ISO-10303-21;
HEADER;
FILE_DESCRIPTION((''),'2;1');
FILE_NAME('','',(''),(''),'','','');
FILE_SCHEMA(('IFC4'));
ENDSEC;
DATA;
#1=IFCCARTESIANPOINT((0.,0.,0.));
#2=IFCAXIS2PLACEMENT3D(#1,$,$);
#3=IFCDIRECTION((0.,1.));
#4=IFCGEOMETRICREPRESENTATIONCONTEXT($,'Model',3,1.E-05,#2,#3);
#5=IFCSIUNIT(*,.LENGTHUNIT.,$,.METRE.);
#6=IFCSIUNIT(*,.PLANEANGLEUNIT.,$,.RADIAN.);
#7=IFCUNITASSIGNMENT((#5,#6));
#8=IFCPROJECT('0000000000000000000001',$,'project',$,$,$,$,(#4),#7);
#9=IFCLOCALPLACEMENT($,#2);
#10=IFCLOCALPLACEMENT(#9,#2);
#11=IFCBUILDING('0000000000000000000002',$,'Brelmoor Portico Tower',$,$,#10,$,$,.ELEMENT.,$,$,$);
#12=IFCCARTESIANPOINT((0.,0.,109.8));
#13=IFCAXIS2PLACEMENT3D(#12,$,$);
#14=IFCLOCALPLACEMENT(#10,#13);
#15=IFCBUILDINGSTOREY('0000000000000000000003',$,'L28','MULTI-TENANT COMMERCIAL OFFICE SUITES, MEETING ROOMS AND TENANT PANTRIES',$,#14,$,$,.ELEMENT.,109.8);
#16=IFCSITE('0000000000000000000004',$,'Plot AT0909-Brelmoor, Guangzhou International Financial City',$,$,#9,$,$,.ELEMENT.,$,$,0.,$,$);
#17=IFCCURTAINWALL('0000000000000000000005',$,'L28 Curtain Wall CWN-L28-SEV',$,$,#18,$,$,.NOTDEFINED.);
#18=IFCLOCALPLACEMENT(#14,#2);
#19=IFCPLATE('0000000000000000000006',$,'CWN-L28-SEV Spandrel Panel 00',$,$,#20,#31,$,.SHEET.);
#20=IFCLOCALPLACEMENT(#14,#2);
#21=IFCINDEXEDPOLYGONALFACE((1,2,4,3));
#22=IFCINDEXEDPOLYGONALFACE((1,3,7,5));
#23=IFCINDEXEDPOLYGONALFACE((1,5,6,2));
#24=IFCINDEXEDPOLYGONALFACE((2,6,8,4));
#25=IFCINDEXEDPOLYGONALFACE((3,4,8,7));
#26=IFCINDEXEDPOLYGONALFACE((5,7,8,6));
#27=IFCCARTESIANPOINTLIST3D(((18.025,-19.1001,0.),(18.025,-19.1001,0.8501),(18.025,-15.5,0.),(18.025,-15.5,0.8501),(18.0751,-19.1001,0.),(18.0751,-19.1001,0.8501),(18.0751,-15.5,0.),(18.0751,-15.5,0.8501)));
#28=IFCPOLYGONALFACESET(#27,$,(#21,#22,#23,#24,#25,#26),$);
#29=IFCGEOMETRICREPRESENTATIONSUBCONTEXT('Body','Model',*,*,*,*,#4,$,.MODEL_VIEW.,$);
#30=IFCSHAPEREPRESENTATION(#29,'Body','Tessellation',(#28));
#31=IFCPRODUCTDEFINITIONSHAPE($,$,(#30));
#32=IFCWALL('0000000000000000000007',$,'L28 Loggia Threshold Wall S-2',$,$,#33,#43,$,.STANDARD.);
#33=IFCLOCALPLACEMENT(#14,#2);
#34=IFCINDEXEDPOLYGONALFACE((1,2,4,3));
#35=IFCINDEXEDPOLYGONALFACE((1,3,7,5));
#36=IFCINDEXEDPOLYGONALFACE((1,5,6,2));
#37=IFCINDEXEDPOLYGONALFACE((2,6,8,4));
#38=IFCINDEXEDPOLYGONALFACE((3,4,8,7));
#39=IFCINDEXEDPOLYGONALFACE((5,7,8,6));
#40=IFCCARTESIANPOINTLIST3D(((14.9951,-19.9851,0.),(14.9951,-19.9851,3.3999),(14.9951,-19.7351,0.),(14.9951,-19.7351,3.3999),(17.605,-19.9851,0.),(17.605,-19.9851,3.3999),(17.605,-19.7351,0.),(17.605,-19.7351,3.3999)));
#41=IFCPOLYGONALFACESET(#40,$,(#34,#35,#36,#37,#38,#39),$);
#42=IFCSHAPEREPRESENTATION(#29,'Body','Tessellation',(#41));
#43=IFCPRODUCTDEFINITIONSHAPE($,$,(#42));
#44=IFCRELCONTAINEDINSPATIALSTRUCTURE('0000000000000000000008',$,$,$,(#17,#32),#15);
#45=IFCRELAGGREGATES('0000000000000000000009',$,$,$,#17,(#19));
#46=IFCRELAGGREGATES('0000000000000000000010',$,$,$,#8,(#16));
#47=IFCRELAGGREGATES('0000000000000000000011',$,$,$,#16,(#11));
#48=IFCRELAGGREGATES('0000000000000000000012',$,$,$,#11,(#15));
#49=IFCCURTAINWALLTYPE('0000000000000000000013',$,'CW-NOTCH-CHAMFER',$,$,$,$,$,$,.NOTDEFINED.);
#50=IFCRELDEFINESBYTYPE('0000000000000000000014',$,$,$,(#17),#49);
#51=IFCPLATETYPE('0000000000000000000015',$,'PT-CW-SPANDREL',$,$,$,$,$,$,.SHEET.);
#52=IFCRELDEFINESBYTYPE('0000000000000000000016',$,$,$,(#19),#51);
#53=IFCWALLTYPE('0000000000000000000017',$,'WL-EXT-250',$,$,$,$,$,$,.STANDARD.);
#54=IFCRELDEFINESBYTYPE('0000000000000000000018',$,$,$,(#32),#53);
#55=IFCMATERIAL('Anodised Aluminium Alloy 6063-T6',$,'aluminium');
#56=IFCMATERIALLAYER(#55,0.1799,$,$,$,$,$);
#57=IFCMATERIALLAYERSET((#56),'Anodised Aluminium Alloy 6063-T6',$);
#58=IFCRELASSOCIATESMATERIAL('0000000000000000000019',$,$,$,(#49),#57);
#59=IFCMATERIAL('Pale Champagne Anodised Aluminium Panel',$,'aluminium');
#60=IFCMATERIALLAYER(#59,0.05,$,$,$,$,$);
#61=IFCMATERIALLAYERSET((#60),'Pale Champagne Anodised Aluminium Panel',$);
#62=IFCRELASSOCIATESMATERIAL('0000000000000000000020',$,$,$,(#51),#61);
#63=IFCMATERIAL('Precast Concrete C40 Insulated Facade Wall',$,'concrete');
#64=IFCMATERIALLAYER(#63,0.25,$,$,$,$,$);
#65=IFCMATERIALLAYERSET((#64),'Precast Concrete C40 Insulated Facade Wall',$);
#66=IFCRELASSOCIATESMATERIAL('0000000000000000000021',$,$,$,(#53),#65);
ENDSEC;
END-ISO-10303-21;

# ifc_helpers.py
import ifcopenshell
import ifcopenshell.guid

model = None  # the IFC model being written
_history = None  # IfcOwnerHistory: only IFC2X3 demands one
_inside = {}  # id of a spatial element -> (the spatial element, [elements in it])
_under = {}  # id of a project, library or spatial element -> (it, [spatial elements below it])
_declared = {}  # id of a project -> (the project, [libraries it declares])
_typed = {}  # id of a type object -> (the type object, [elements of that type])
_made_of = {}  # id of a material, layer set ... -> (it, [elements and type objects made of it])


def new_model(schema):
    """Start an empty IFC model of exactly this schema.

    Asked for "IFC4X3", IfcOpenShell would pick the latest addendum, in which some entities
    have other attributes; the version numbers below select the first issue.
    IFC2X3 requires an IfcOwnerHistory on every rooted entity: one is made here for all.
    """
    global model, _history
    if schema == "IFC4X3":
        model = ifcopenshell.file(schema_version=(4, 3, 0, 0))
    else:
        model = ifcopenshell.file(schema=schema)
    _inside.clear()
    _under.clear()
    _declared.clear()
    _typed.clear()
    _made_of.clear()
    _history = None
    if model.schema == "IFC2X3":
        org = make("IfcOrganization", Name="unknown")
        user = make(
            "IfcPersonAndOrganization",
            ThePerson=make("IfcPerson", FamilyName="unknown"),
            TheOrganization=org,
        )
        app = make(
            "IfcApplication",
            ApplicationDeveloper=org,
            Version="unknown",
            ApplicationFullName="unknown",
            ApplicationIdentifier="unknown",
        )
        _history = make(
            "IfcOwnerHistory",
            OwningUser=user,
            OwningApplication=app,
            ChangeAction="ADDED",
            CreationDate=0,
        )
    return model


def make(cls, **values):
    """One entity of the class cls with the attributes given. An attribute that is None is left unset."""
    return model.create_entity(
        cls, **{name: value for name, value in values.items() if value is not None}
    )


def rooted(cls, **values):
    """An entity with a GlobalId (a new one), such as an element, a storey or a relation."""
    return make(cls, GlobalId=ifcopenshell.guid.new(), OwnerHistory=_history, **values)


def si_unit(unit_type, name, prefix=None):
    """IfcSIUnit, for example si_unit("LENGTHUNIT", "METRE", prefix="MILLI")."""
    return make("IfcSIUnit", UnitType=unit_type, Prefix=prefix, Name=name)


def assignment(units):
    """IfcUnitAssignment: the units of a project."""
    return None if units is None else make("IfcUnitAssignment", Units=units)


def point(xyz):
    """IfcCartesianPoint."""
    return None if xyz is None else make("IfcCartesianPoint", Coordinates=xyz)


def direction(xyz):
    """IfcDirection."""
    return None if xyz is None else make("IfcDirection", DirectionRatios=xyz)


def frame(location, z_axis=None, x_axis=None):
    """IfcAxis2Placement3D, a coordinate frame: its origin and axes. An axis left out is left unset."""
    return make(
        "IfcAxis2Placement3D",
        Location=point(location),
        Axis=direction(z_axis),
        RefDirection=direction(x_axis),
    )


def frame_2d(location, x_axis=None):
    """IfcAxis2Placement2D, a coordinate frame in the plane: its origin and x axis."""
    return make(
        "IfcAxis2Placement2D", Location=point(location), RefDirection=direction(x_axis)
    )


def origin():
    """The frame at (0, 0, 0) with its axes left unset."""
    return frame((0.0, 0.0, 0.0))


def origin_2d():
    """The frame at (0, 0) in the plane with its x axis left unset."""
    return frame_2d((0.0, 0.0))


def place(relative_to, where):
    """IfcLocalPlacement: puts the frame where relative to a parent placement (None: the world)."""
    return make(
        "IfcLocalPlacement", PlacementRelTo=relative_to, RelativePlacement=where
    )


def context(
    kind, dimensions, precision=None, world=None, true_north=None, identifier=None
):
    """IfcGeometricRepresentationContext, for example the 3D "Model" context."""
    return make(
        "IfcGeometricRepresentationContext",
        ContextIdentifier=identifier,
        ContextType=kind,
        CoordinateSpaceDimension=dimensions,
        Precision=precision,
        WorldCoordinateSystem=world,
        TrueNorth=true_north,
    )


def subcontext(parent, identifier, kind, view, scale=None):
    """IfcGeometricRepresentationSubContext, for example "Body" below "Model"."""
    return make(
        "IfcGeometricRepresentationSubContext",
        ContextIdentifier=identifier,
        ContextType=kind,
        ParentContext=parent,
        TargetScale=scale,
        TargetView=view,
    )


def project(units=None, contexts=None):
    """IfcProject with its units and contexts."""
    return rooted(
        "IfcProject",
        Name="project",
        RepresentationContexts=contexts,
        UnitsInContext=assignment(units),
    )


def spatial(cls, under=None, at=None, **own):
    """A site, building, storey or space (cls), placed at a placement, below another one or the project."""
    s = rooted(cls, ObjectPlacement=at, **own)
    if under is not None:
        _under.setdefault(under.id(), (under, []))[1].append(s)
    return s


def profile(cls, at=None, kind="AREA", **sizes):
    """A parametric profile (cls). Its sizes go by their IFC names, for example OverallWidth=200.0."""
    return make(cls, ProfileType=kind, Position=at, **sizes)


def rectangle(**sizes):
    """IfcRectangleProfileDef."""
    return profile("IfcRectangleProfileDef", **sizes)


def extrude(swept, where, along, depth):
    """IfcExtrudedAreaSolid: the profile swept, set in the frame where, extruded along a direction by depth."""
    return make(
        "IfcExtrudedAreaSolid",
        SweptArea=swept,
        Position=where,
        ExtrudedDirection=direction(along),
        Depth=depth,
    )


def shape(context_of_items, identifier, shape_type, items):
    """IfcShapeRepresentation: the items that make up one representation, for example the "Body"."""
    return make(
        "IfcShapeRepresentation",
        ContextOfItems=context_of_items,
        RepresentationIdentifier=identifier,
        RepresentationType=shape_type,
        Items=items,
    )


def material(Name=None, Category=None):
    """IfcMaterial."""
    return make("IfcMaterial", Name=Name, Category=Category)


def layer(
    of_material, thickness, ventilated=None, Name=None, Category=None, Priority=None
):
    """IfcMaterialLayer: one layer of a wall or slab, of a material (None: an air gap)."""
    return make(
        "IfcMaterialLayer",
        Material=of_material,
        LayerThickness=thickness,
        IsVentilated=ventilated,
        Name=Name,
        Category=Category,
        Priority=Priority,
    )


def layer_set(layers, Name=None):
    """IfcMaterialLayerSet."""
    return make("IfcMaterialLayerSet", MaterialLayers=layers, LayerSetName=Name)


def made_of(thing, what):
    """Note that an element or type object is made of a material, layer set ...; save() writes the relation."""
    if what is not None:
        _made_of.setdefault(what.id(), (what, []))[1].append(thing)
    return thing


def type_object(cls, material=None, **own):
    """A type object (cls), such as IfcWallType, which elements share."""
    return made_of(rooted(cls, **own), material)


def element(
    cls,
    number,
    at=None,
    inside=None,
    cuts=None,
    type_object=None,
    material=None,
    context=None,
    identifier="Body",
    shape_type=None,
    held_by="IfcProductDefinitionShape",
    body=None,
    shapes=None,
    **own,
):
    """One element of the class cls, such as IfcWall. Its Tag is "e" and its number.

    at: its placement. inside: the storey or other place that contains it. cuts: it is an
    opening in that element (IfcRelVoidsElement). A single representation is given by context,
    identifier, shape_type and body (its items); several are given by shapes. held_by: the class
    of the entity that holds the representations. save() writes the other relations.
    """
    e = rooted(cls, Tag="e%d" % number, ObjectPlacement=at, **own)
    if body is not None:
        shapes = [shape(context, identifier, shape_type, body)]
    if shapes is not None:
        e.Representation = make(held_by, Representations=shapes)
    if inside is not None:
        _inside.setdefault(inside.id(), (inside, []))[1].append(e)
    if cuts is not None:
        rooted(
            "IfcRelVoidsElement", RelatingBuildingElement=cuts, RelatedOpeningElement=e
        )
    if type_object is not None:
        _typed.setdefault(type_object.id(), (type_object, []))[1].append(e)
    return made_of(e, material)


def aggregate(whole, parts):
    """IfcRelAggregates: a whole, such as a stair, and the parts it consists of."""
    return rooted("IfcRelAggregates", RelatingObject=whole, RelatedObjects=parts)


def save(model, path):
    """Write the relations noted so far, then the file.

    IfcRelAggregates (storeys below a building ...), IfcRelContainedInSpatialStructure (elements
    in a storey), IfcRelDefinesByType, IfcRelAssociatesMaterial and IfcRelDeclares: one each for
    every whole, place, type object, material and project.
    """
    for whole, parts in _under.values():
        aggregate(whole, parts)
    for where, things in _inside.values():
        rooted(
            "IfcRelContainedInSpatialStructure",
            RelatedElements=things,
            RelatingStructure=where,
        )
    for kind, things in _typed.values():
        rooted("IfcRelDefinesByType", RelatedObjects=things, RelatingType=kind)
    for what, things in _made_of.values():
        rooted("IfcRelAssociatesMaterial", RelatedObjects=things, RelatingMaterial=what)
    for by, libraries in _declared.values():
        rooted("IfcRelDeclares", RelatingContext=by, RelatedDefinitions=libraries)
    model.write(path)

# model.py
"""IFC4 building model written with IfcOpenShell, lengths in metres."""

from ifc_helpers import new_model, si_unit, direction, frame, frame_2d, origin, origin_2d, place, context, subcontext, project, spatial, rectangle, extrude, material, layer, layer_set, type_object, element, aggregate, save


model = new_model("IFC4")

# Units and contexts
model_context = context("Model", 3, precision=1e-05, world=origin(), true_north=direction((0.0, 1.0)))
body_context = subcontext(model_context, "Body", "Model", "MODEL_VIEW")
ifc_project = project(units=[si_unit("LENGTHUNIT", "METRE"), si_unit("PLANEANGLEUNIT", "RADIAN")], contexts=[model_context])

# Site, building, storey
site_placement = place(None, origin())
site = spatial("IfcSite", under=ifc_project, at=site_placement, Name="Plot AT0909-Brelmoor, Guangzhou International Financial City", CompositionType="ELEMENT", RefElevation=0.0)
building_placement = place(site_placement, origin())
building = spatial("IfcBuilding", under=site, at=building_placement, Name="Brelmoor Portico Tower", CompositionType="ELEMENT")
storey_placement = place(building_placement, frame((0.0, 0.0, 109.8)))
storey = spatial("IfcBuildingStorey", under=building, at=storey_placement, Name="L28", Description="MULTI-TENANT COMMERCIAL OFFICE SUITES, MEETING ROOMS AND TENANT PANTRIES", CompositionType="ELEMENT", Elevation=109.8)

# Curtain wall
ifc_material_1 = material(Name="Anodised Aluminium Alloy 6063-T6", Category="aluminium")
ifc_layer_1 = layer(ifc_material_1, 0.1799)
ifc_layer_set_1 = layer_set([ifc_layer_1], Name="Anodised Aluminium Alloy 6063-T6")
curtain_wall_type = type_object("IfcCurtainWallType", Name="CW-NOTCH-CHAMFER", PredefinedType="NOTDEFINED", material=ifc_layer_set_1)
curtain_wall_1_placement = place(storey_placement, origin())
curtain_wall_1 = element("IfcCurtainWall", 1, at=curtain_wall_1_placement, inside=storey, type_object=curtain_wall_type, Name="L28 Curtain Wall CWN-L28-SEV", PredefinedType="NOTDEFINED")

# Plate
ifc_material_2 = material(Name="Pale Champagne Anodised Aluminium Panel", Category="aluminium")
ifc_layer_2 = layer(ifc_material_2, 0.05)
ifc_layer_set_2 = layer_set([ifc_layer_2], Name="Pale Champagne Anodised Aluminium Panel")
plate_type_1 = type_object("IfcPlateType", Name="PT-CW-SPANDREL", PredefinedType="SHEET", material=ifc_layer_set_2)
plate_1_placement = place(storey_placement, frame((18.05, -17.3, 0.0), z_axis=(0.0, 0.0, 1.0), x_axis=(0.0, 1.0, 0.0)))
plate_1 = element("IfcPlate", 2, at=plate_1_placement, type_object=plate_type_1, Name="CWN-L28-SEV Spandrel Panel 00", PredefinedType="SHEET", context=body_context, shape_type="SweptSolid", body=[
    extrude(rectangle(XDim=3.6001, YDim=0.05, at=origin_2d()), origin(), (0.0, 0.0, 1.0), 0.8501),
])
aggregate(curtain_wall_1, [plate_1])

# Wall
ifc_material_3 = material(Name="Precast Concrete C40 Insulated Facade Wall", Category="concrete")
ifc_layer_3 = layer(ifc_material_3, 0.25)
ifc_layer_set_3 = layer_set([ifc_layer_3], Name="Precast Concrete C40 Insulated Facade Wall")
wall_type = type_object("IfcWallType", Name="WL-EXT-250", PredefinedType="STANDARD", material=ifc_layer_set_3)
wall_placement = place(storey_placement, frame((14.9951, -19.8601, 0.0), z_axis=(0.0, 0.0, 1.0), x_axis=(1.0, 0.0, 0.0)))
element("IfcWall", 3, at=wall_placement, inside=storey, type_object=wall_type, Name="L28 Loggia Threshold Wall S-2", PredefinedType="STANDARD", context=body_context, shape_type="SweptSolid", body=[
    extrude(rectangle(XDim=2.6099, YDim=0.25, at=frame_2d((1.3049, 0.0))), origin(), (0.0, 0.0, 1.0), 3.3999),
])

save(model, "model.ifc")
